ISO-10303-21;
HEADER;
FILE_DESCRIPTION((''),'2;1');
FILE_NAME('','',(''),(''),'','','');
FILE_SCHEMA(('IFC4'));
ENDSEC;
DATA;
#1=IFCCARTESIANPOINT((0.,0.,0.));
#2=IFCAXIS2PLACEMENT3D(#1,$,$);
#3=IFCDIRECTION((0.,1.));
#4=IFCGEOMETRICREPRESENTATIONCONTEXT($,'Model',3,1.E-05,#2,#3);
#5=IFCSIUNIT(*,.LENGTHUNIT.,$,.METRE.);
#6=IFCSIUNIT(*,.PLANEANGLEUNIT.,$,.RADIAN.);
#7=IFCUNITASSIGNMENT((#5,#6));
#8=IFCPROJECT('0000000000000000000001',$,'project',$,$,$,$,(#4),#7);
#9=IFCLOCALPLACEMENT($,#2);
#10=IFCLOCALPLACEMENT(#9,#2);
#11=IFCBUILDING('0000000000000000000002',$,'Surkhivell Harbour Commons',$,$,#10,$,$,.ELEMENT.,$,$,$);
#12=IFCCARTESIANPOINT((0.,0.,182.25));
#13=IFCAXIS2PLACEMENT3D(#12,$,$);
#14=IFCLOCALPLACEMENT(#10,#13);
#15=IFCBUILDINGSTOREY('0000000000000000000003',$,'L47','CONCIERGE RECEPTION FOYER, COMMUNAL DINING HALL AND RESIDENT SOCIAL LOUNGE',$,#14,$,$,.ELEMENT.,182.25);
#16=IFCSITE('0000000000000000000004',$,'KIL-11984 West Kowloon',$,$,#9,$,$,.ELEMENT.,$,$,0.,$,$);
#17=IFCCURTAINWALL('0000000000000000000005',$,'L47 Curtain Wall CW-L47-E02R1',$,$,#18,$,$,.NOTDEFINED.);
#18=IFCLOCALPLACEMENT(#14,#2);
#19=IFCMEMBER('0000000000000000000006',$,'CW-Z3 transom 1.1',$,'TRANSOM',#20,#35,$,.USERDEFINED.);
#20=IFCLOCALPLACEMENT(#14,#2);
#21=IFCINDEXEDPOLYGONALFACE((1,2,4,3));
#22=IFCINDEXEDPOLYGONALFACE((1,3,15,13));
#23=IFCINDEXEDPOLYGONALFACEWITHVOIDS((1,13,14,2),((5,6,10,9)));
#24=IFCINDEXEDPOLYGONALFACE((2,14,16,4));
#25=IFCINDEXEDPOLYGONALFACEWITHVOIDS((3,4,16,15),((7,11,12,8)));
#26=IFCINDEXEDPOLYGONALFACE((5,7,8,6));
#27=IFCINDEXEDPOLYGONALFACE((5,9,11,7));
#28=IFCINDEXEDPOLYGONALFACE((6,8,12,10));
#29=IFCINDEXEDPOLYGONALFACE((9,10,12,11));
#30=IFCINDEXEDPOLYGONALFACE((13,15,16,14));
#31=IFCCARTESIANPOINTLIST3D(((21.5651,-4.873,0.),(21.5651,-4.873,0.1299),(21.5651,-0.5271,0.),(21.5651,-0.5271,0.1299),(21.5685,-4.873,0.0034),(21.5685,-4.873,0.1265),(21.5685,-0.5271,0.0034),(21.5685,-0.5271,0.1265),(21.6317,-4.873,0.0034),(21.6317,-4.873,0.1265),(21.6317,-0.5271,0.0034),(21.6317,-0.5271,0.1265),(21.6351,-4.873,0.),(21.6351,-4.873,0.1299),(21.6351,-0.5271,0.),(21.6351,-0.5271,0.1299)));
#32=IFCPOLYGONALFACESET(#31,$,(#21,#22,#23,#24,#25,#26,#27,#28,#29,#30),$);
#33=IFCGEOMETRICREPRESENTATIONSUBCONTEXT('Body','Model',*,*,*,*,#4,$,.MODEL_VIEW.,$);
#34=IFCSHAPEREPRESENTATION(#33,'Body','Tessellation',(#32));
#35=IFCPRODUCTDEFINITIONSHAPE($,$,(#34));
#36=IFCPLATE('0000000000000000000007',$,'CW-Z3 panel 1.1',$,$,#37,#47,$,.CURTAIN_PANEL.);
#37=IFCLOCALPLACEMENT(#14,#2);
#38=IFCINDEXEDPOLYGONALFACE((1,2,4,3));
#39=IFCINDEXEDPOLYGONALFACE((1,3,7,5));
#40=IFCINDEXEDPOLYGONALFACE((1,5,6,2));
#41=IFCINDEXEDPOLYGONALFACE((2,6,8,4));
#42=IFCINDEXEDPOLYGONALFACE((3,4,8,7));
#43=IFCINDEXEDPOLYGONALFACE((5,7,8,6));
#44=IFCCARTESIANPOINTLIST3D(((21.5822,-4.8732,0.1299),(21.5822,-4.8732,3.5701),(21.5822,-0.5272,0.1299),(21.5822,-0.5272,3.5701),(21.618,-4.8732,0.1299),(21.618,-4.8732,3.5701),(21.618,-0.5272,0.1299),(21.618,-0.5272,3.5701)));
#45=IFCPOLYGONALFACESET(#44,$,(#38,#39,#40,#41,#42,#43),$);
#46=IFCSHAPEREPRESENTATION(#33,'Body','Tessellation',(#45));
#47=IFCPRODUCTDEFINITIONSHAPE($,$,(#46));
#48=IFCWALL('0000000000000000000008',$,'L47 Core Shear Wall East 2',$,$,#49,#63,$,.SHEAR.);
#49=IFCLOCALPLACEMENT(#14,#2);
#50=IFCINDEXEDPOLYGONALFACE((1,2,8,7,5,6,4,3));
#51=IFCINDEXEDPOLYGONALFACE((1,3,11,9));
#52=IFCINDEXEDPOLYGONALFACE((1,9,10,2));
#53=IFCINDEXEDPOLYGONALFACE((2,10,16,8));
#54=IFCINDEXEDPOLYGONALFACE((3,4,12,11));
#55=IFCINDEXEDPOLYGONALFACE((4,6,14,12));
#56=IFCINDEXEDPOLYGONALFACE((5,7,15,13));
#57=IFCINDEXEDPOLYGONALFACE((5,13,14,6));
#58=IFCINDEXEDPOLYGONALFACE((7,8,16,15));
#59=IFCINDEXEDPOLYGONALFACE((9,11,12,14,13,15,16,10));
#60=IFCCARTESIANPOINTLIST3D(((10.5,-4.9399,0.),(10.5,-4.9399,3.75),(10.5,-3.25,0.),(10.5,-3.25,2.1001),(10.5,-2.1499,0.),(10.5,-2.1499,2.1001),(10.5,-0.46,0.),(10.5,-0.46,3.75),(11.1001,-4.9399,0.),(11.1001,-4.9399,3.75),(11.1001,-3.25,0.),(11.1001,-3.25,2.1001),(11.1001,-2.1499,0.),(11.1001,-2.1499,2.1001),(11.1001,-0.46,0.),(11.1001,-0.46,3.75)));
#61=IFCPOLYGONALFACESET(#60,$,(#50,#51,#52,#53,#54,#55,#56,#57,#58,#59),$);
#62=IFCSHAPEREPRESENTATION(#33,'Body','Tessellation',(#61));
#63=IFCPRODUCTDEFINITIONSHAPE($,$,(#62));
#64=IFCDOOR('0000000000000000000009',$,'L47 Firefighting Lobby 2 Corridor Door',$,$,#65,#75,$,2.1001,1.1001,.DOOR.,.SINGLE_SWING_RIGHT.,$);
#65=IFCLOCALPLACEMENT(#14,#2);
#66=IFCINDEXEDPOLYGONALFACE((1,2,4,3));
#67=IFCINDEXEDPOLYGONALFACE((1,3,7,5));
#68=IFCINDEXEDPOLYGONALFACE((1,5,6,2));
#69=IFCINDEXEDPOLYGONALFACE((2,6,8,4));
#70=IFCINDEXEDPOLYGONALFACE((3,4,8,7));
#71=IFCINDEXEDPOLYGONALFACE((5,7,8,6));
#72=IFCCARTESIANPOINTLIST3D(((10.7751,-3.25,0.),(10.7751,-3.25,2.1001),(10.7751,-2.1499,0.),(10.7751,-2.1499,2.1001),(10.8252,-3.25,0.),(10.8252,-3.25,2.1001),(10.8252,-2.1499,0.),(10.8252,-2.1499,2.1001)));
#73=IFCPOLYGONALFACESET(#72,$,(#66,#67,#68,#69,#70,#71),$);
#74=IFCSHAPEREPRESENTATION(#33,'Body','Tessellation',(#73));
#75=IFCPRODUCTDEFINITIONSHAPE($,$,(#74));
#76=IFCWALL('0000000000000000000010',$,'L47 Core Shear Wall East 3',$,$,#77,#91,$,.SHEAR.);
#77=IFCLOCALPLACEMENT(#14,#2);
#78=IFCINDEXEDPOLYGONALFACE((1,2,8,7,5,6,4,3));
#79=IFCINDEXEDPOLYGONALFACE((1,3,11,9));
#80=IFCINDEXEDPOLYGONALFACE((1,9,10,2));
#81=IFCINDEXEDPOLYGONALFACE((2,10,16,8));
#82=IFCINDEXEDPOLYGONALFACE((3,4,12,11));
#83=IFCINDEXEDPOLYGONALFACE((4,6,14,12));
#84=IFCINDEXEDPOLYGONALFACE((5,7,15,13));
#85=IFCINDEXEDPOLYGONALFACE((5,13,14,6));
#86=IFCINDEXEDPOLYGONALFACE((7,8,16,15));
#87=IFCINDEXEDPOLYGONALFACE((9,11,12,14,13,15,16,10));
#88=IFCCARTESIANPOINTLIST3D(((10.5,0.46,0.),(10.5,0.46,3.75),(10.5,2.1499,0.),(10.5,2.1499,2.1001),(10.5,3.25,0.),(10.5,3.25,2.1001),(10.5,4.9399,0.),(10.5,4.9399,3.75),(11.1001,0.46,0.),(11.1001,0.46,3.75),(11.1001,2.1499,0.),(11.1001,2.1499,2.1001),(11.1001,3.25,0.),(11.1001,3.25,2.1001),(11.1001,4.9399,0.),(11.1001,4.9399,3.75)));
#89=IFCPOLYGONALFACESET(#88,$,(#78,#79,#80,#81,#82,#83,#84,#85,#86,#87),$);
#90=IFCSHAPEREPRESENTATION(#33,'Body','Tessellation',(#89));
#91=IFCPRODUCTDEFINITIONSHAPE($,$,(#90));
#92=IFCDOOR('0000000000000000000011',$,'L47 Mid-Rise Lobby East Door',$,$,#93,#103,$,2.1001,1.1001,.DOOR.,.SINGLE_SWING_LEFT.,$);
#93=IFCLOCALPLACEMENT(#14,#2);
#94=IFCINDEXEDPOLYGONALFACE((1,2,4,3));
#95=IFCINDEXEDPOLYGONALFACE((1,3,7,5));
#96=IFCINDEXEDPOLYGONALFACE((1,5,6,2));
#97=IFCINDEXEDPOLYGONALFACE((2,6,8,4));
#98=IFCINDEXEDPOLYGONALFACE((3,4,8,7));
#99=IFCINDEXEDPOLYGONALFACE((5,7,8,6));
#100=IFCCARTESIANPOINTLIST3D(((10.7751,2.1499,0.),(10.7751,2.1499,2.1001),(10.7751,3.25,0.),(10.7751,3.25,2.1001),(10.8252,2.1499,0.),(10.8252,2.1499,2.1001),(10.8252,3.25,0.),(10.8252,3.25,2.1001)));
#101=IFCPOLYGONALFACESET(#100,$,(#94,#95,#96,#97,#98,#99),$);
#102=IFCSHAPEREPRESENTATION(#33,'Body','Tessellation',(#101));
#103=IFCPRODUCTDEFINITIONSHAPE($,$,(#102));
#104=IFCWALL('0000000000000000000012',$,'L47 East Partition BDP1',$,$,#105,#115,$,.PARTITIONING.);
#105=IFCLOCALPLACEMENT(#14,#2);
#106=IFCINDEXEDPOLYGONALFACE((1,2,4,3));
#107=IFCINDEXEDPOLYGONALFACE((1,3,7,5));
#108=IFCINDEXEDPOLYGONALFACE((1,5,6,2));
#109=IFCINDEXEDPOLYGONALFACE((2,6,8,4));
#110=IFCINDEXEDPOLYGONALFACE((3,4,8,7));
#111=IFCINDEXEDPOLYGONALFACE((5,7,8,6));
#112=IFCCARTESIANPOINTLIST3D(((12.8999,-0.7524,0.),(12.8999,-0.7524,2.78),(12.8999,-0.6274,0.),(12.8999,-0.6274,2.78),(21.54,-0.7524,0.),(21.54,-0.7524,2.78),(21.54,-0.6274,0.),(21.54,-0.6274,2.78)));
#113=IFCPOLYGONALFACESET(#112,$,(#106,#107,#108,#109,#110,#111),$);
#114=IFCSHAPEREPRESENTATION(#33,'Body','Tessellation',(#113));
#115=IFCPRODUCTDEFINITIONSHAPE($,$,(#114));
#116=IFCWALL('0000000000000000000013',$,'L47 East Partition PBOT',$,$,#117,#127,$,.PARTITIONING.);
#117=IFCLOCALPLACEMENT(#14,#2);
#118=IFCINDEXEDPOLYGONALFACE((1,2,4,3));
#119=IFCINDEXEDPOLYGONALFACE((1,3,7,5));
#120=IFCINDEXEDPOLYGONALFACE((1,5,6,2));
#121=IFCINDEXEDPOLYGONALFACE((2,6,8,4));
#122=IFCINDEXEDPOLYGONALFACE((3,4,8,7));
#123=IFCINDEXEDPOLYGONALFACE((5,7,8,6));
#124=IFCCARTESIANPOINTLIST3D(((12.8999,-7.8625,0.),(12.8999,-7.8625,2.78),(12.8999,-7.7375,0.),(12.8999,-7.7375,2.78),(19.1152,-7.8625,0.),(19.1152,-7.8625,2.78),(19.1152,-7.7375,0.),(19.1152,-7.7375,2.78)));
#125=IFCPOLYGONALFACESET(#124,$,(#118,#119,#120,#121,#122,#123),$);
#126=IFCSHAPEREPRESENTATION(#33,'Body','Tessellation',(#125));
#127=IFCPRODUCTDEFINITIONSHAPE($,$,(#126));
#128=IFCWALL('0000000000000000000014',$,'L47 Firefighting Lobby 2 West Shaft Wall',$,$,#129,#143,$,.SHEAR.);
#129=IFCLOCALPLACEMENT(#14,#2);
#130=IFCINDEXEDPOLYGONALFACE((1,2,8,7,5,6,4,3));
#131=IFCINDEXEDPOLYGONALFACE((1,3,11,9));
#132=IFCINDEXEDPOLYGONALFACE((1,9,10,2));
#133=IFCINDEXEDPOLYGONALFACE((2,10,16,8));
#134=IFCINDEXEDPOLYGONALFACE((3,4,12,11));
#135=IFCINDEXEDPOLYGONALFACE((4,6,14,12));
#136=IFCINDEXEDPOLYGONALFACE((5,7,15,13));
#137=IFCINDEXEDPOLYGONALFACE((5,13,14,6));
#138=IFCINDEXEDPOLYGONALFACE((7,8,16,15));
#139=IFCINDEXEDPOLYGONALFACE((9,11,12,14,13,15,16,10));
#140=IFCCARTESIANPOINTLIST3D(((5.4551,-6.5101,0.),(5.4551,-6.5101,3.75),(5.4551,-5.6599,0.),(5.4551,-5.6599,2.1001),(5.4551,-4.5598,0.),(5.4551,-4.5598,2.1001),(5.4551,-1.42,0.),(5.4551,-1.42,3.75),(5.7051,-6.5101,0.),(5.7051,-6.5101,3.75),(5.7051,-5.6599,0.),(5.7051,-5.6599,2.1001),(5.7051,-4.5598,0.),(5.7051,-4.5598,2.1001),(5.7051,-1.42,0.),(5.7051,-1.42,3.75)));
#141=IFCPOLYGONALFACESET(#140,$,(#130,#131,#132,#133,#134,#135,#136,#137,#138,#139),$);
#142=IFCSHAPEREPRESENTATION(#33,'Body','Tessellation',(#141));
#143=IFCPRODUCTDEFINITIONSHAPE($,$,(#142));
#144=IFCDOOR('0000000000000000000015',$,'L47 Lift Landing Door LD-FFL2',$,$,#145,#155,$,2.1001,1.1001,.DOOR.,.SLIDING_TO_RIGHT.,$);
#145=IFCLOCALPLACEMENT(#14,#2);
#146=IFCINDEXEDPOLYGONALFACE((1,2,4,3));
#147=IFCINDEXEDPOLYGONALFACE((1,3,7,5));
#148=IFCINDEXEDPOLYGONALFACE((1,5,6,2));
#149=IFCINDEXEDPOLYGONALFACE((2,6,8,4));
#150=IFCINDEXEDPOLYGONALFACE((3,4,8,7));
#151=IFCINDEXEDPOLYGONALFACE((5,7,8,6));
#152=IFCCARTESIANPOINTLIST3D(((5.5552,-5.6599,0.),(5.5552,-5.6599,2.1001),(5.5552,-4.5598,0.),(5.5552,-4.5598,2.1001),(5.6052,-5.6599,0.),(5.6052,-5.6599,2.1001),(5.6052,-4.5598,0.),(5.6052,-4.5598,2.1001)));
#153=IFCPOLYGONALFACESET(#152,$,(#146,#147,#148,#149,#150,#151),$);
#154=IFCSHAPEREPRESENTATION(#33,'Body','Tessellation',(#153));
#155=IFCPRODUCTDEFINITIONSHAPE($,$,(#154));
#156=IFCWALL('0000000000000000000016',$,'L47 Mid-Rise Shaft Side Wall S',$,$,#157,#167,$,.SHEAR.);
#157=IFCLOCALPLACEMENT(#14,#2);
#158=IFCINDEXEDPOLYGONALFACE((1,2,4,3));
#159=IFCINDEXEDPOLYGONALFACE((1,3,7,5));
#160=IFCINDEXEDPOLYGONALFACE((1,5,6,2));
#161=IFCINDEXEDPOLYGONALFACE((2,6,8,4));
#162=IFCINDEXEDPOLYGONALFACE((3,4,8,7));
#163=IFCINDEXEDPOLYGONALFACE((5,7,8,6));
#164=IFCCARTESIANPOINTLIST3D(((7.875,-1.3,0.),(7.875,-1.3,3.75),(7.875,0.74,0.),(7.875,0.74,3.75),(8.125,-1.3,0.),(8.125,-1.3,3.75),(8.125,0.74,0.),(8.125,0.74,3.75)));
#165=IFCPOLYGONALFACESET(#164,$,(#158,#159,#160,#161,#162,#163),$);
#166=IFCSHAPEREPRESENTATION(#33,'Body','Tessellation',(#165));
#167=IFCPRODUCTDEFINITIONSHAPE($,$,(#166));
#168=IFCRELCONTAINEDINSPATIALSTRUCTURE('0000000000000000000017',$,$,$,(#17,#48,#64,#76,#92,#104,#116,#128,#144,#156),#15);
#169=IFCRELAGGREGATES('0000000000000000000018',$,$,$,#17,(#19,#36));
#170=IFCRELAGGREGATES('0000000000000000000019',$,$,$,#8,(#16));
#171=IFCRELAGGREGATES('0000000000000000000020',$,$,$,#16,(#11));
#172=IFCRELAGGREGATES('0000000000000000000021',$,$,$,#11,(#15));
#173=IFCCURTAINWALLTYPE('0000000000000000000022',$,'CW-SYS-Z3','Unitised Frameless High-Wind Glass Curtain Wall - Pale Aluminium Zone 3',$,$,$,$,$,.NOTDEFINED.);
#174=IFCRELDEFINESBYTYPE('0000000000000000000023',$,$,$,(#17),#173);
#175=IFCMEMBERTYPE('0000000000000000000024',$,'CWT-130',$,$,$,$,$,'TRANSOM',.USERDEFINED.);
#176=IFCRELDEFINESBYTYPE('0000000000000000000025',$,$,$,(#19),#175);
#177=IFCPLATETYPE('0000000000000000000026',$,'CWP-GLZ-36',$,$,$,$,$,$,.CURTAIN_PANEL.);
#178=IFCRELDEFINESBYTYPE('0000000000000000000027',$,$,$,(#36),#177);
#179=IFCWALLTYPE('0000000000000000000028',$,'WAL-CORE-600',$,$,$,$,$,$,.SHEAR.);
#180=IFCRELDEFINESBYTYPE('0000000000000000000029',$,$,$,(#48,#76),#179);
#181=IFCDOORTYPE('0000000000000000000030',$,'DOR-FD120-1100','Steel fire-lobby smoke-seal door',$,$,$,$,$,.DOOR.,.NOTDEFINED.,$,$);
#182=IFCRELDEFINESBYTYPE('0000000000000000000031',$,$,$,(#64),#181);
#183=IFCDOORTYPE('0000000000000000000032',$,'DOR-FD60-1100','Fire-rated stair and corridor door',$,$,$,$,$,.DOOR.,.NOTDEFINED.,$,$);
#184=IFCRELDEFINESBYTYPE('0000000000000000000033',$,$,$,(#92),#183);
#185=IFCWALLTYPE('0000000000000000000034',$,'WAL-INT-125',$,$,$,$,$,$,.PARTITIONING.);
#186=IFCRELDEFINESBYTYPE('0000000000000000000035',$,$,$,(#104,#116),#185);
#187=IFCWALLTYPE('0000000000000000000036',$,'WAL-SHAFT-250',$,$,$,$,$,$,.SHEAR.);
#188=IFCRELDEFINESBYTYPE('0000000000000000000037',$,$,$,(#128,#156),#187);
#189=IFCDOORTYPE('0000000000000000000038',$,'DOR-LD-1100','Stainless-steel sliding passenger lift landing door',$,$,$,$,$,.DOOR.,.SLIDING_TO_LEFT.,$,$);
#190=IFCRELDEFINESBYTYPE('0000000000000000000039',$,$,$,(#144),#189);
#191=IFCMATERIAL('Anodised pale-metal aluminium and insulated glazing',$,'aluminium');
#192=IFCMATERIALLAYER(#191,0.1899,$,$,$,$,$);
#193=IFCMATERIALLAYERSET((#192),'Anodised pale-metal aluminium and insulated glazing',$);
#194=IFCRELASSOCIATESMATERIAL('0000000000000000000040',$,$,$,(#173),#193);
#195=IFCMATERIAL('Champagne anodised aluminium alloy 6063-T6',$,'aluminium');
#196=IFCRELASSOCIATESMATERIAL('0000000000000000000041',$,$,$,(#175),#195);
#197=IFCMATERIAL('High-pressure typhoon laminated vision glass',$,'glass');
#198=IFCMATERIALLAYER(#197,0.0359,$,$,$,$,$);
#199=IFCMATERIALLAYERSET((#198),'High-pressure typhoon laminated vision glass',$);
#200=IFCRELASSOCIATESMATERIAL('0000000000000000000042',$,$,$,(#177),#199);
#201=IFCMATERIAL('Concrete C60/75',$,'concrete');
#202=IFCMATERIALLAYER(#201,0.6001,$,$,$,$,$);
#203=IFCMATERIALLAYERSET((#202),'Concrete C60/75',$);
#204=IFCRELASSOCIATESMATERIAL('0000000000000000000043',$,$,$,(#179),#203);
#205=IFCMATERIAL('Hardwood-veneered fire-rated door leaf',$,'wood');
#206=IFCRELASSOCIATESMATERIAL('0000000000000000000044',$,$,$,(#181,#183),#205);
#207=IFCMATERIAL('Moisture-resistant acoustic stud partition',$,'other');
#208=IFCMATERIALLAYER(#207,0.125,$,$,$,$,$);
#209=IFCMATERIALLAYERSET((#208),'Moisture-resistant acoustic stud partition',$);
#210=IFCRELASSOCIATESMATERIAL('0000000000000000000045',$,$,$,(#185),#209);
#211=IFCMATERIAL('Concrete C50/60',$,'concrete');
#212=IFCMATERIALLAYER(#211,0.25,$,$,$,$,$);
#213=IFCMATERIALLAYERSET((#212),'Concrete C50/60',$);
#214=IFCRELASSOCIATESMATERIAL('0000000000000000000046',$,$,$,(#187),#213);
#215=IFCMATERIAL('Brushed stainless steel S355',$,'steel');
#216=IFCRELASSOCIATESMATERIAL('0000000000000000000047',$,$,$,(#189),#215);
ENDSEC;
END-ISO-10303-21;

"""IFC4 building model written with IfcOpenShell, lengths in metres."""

from ifc_helpers import new_model, si_unit, direction, frame, frame_2d, origin, origin_2d, place, context, subcontext, project, spatial, rectangle, hollow_rectangle, extrude, material, layer, layer_set, material_profile, profile_set, type_object, element, fill, aggregate, save


model = new_model("IFC4")

# Units and contexts
model_context = context("Model", 3, precision=1e-05, world=origin(), true_north=direction((0.0, 1.0)))
body_context = subcontext(model_context, "Body", "Model", "MODEL_VIEW")
ifc_project = project(units=[si_unit("LENGTHUNIT", "METRE"), si_unit("PLANEANGLEUNIT", "RADIAN")], contexts=[model_context])

# Site, building, storey
site_placement = place(None, origin())
site = spatial("IfcSite", under=ifc_project, at=site_placement, Name="KIL-11984 West Kowloon", CompositionType="ELEMENT", RefElevation=0.0)
building_placement = place(site_placement, origin())
building = spatial("IfcBuilding", under=site, at=building_placement, Name="Surkhivell Harbour Commons", CompositionType="ELEMENT")
storey_placement = place(building_placement, frame((0.0, 0.0, 182.25)))
storey = spatial("IfcBuildingStorey", under=building, at=storey_placement, Name="L47", Description="CONCIERGE RECEPTION FOYER, COMMUNAL DINING HALL AND RESIDENT SOCIAL LOUNGE", CompositionType="ELEMENT", Elevation=182.25)

# Shared definitions
ifc_material_1 = material(Name="Concrete C60/75", Category="concrete")

# Shared definitions
ifc_material_2 = material(Name="Anodised pale-metal aluminium and insulated glazing", Category="aluminium")
ifc_layer_1 = layer(ifc_material_2, 0.1899)
ifc_layer_set_1 = layer_set([ifc_layer_1], Name="Anodised pale-metal aluminium and insulated glazing")
curtain_wall_type = type_object("IfcCurtainWallType", Name="CW-SYS-Z3", Description="Unitised Frameless High-Wind Glass Curtain Wall - Pale Aluminium Zone 3", PredefinedType="NOTDEFINED", material=ifc_layer_set_1)

# Curtain wall, member, plate
curtain_wall_1_placement = place(storey_placement, origin())
curtain_wall_1 = element("IfcCurtainWall", 1, at=curtain_wall_1_placement, inside=storey, type_object=curtain_wall_type, Name="L47 Curtain Wall CW-L47-E02R1", PredefinedType="NOTDEFINED")
ifc_material_3 = material(Name="Champagne anodised aluminium alloy 6063-T6", Category="aluminium")
ifc_material_profile_1 = material_profile(ifc_material_3, hollow_rectangle(XDim=0.0701, YDim=0.1299, WallThickness=0.0034, at=origin_2d()), Name="ALU-TRAN-70x130")
ifc_profile_set_1 = profile_set([ifc_material_profile_1], Name="Champagne anodised aluminium alloy 6063-T6")
member_type_1 = type_object("IfcMemberType", Name="CWT-130", ElementType="TRANSOM", PredefinedType="USERDEFINED", material=ifc_profile_set_1)
member_1_placement = place(storey_placement, frame((21.6001, -4.873, 0.0649), z_axis=(0.0, 1.0, 0.0), x_axis=(-1.0, 0.0, 0.0)))
member_1 = element("IfcMember", 2, at=member_1_placement, type_object=member_type_1, Name="CW-Z3 transom 1.1", ObjectType="TRANSOM", PredefinedType="USERDEFINED", context=body_context, shape_type="SweptSolid", body=[
    extrude(hollow_rectangle(XDim=0.0701, YDim=0.1299, WallThickness=0.0034, at=origin_2d()), origin(), (0.0, 0.0, 1.0), 4.3459),
])
ifc_material_4 = material(Name="High-pressure typhoon laminated vision glass", Category="glass")
ifc_layer_2 = layer(ifc_material_4, 0.0359)
ifc_layer_set_2 = layer_set([ifc_layer_2], Name="High-pressure typhoon laminated vision glass")
plate_type = type_object("IfcPlateType", Name="CWP-GLZ-36", PredefinedType="CURTAIN_PANEL", material=ifc_layer_set_2)
plate_placement = place(storey_placement, frame((21.6001, -4.873, 0.1299), z_axis=(0.0, 0.0, 1.0), x_axis=(0.0, 1.0, 0.0)))
plate = element("IfcPlate", 3, at=plate_placement, type_object=plate_type, Name="CW-Z3 panel 1.1", PredefinedType="CURTAIN_PANEL", context=body_context, shape_type="SweptSolid", body=[
    extrude(rectangle(XDim=4.3459, YDim=0.0359, at=frame_2d((2.1729, 0.0))), origin(), (0.0, 0.0, 1.0), 3.4402),
])
aggregate(curtain_wall_1, [member_1, plate])

# Walls, openings, doors
ifc_layer_3 = layer(ifc_material_1, 0.6001)
ifc_layer_set_3 = layer_set([ifc_layer_3], Name="Concrete C60/75")
wall_type_1 = type_object("IfcWallType", Name="WAL-CORE-600", PredefinedType="SHEAR", material=ifc_layer_set_3)
wall_1_placement = place(storey_placement, frame((10.8, -4.9399, 0.0), z_axis=(0.0, 0.0, 1.0), x_axis=(0.0, 1.0, 0.0)))
wall_1 = element("IfcWall", 4, at=wall_1_placement, inside=storey, type_object=wall_type_1, Name="L47 Core Shear Wall East 2", PredefinedType="SHEAR", context=body_context, shape_type="SweptSolid", body=[
    extrude(rectangle(XDim=4.48, YDim=0.6001, at=frame_2d((2.24, 0.0))), origin(), (0.0, 0.0, 1.0), 3.75),
])
opening_1_placement = place(wall_1_placement, frame((1.6899, 0.0, 0.0)))
opening_1 = element("IfcOpeningElement", 5, at=opening_1_placement, cuts=wall_1, PredefinedType="OPENING", context=body_context, shape_type="SweptSolid", body=[
    extrude(rectangle(XDim=1.1001, YDim=2.1001, at=frame_2d((0.55, 1.05))), frame((0.0, 0.3101, 0.0), z_axis=(0.0, -1.0, 0.0), x_axis=(1.0, 0.0, 0.0)), (0.0, 0.0, 1.0), 0.6201),
])
ifc_material_5 = material(Name="Hardwood-veneered fire-rated door leaf", Category="wood")
door_type_1 = type_object("IfcDoorType", Name="DOR-FD120-1100", Description="Steel fire-lobby smoke-seal door", OperationType="NOTDEFINED", PredefinedType="DOOR", material=ifc_material_5)
door_1_placement = place(opening_1_placement, origin())
door_1 = element("IfcDoor", 6, at=door_1_placement, inside=storey, type_object=door_type_1, Name="L47 Firefighting Lobby 2 Corridor Door", OperationType="SINGLE_SWING_RIGHT", OverallHeight=2.1001, OverallWidth=1.1001, PredefinedType="DOOR", context=body_context, shape_type="SweptSolid", body=[
    extrude(rectangle(XDim=1.1001, YDim=2.1001, at=frame_2d((0.55, 1.05))), frame((0.0, 0.0249, 0.0), z_axis=(0.0, -1.0, 0.0), x_axis=(1.0, 0.0, 0.0)), (0.0, 0.0, 1.0), 0.05),
])
fill(opening_1, door_1)
wall_2_placement = place(storey_placement, frame((10.8, 0.46, 0.0), z_axis=(0.0, 0.0, 1.0), x_axis=(0.0, 1.0, 0.0)))
wall_2 = element("IfcWall", 7, at=wall_2_placement, inside=storey, type_object=wall_type_1, Name="L47 Core Shear Wall East 3", PredefinedType="SHEAR", context=body_context, shape_type="SweptSolid", body=[
    extrude(rectangle(XDim=4.48, YDim=0.6001, at=frame_2d((2.24, 0.0))), origin(), (0.0, 0.0, 1.0), 3.75),
])
opening_2_placement = place(wall_2_placement, frame((1.6899, 0.0, 0.0)))
opening_2 = element("IfcOpeningElement", 8, at=opening_2_placement, cuts=wall_2, PredefinedType="OPENING", context=body_context, shape_type="SweptSolid", body=[
    extrude(rectangle(XDim=1.1001, YDim=2.1001, at=frame_2d((0.55, 1.05))), frame((0.0, 0.3101, 0.0), z_axis=(0.0, -1.0, 0.0), x_axis=(1.0, 0.0, 0.0)), (0.0, 0.0, 1.0), 0.6201),
])
door_type_2 = type_object("IfcDoorType", Name="DOR-FD60-1100", Description="Fire-rated stair and corridor door", OperationType="NOTDEFINED", PredefinedType="DOOR", material=ifc_material_5)
door_2_placement = place(opening_2_placement, origin())
door_2 = element("IfcDoor", 9, at=door_2_placement, inside=storey, type_object=door_type_2, Name="L47 Mid-Rise Lobby East Door", OperationType="SINGLE_SWING_LEFT", OverallHeight=2.1001, OverallWidth=1.1001, PredefinedType="DOOR", context=body_context, shape_type="SweptSolid", body=[
    extrude(rectangle(XDim=1.1001, YDim=2.1001, at=frame_2d((0.55, 1.05))), frame((0.0, 0.0249, 0.0), z_axis=(0.0, -1.0, 0.0), x_axis=(1.0, 0.0, 0.0)), (0.0, 0.0, 1.0), 0.05),
])
fill(opening_2, door_2)

# Walls
ifc_material_6 = material(Name="Moisture-resistant acoustic stud partition", Category="other")
ifc_layer_4 = layer(ifc_material_6, 0.125)
ifc_layer_set_4 = layer_set([ifc_layer_4], Name="Moisture-resistant acoustic stud partition")
wall_type_2 = type_object("IfcWallType", Name="WAL-INT-125", PredefinedType="PARTITIONING", material=ifc_layer_set_4)
wall_3_placement = place(storey_placement, frame((12.8999, -0.6899, 0.0), z_axis=(0.0, 0.0, 1.0), x_axis=(1.0, 0.0, 0.0)))
element("IfcWall", 10, at=wall_3_placement, inside=storey, type_object=wall_type_2, Name="L47 East Partition BDP1", PredefinedType="PARTITIONING", context=body_context, shape_type="SweptSolid", body=[
    extrude(rectangle(XDim=8.6401, YDim=0.125, at=frame_2d((4.3201, 0.0))), origin(), (0.0, 0.0, 1.0), 2.78),
])
wall_4_placement = place(storey_placement, frame((12.8999, -7.8, 0.0), z_axis=(0.0, 0.0, 1.0), x_axis=(1.0, 0.0, 0.0)))
element("IfcWall", 11, at=wall_4_placement, inside=storey, type_object=wall_type_2, Name="L47 East Partition PBOT", PredefinedType="PARTITIONING", context=body_context, shape_type="SweptSolid", body=[
    extrude(rectangle(XDim=6.2153, YDim=0.125, at=frame_2d((3.1077, 0.0))), origin(), (0.0, 0.0, 1.0), 2.78),
])

# Wall, opening, door
ifc_material_7 = material(Name="Concrete C50/60", Category="concrete")
ifc_layer_5 = layer(ifc_material_7, 0.25)
ifc_layer_set_5 = layer_set([ifc_layer_5], Name="Concrete C50/60")
wall_type_3 = type_object("IfcWallType", Name="WAL-SHAFT-250", PredefinedType="SHEAR", material=ifc_layer_set_5)
wall_5_placement = place(storey_placement, frame((5.5801, -6.51, 0.0), z_axis=(0.0, 0.0, 1.0), x_axis=(0.0, 1.0, 0.0)))
wall_5 = element("IfcWall", 12, at=wall_5_placement, inside=storey, type_object=wall_type_3, Name="L47 Firefighting Lobby 2 West Shaft Wall", PredefinedType="SHEAR", context=body_context, shape_type="SweptSolid", body=[
    extrude(rectangle(XDim=5.0901, YDim=0.25, at=frame_2d((2.5449, 0.0))), origin(), (0.0, 0.0, 1.0), 3.75),
])
opening_3_placement = place(wall_5_placement, frame((0.8501, 0.0, 0.0)))
opening_3 = element("IfcOpeningElement", 13, at=opening_3_placement, cuts=wall_5, PredefinedType="OPENING", context=body_context, shape_type="SweptSolid", body=[
    extrude(rectangle(XDim=1.1001, YDim=2.1001, at=frame_2d((0.55, 1.05))), frame((0.0, 0.135, 0.0), z_axis=(0.0, -1.0, 0.0), x_axis=(1.0, 0.0, 0.0)), (0.0, 0.0, 1.0), 0.27),
])
ifc_material_8 = material(Name="Brushed stainless steel S355", Category="steel")
door_type_3 = type_object("IfcDoorType", Name="DOR-LD-1100", Description="Stainless-steel sliding passenger lift landing door", OperationType="SLIDING_TO_LEFT", PredefinedType="DOOR", material=ifc_material_8)
door_3_placement = place(opening_3_placement, origin())
door_3 = element("IfcDoor", 14, at=door_3_placement, inside=storey, type_object=door_type_3, Name="L47 Lift Landing Door LD-FFL2", OperationType="SLIDING_TO_RIGHT", OverallHeight=2.1001, OverallWidth=1.1001, PredefinedType="DOOR", context=body_context, shape_type="SweptSolid", body=[
    extrude(rectangle(XDim=1.1001, YDim=2.1001, at=frame_2d((0.55, 1.05))), frame((0.0, 0.0249, 0.0), z_axis=(0.0, -1.0, 0.0), x_axis=(1.0, 0.0, 0.0)), (0.0, 0.0, 1.0), 0.05),
])
fill(opening_3, door_3)

# Wall
wall_6_placement = place(storey_placement, frame((8.0, -1.3, 0.0), z_axis=(0.0, 0.0, 1.0), x_axis=(0.0, 1.0, 0.0)))
element("IfcWall", 15, at=wall_6_placement, inside=storey, type_object=wall_type_3, Name="L47 Mid-Rise Shaft Side Wall S", PredefinedType="SHEAR", context=body_context, shape_type="SweptSolid", body=[
    extrude(rectangle(XDim=2.04, YDim=0.25, at=frame_2d((1.02, 0.0))), origin(), (0.0, 0.0, 1.0), 3.75),
])

save(model, "model.ifc")
